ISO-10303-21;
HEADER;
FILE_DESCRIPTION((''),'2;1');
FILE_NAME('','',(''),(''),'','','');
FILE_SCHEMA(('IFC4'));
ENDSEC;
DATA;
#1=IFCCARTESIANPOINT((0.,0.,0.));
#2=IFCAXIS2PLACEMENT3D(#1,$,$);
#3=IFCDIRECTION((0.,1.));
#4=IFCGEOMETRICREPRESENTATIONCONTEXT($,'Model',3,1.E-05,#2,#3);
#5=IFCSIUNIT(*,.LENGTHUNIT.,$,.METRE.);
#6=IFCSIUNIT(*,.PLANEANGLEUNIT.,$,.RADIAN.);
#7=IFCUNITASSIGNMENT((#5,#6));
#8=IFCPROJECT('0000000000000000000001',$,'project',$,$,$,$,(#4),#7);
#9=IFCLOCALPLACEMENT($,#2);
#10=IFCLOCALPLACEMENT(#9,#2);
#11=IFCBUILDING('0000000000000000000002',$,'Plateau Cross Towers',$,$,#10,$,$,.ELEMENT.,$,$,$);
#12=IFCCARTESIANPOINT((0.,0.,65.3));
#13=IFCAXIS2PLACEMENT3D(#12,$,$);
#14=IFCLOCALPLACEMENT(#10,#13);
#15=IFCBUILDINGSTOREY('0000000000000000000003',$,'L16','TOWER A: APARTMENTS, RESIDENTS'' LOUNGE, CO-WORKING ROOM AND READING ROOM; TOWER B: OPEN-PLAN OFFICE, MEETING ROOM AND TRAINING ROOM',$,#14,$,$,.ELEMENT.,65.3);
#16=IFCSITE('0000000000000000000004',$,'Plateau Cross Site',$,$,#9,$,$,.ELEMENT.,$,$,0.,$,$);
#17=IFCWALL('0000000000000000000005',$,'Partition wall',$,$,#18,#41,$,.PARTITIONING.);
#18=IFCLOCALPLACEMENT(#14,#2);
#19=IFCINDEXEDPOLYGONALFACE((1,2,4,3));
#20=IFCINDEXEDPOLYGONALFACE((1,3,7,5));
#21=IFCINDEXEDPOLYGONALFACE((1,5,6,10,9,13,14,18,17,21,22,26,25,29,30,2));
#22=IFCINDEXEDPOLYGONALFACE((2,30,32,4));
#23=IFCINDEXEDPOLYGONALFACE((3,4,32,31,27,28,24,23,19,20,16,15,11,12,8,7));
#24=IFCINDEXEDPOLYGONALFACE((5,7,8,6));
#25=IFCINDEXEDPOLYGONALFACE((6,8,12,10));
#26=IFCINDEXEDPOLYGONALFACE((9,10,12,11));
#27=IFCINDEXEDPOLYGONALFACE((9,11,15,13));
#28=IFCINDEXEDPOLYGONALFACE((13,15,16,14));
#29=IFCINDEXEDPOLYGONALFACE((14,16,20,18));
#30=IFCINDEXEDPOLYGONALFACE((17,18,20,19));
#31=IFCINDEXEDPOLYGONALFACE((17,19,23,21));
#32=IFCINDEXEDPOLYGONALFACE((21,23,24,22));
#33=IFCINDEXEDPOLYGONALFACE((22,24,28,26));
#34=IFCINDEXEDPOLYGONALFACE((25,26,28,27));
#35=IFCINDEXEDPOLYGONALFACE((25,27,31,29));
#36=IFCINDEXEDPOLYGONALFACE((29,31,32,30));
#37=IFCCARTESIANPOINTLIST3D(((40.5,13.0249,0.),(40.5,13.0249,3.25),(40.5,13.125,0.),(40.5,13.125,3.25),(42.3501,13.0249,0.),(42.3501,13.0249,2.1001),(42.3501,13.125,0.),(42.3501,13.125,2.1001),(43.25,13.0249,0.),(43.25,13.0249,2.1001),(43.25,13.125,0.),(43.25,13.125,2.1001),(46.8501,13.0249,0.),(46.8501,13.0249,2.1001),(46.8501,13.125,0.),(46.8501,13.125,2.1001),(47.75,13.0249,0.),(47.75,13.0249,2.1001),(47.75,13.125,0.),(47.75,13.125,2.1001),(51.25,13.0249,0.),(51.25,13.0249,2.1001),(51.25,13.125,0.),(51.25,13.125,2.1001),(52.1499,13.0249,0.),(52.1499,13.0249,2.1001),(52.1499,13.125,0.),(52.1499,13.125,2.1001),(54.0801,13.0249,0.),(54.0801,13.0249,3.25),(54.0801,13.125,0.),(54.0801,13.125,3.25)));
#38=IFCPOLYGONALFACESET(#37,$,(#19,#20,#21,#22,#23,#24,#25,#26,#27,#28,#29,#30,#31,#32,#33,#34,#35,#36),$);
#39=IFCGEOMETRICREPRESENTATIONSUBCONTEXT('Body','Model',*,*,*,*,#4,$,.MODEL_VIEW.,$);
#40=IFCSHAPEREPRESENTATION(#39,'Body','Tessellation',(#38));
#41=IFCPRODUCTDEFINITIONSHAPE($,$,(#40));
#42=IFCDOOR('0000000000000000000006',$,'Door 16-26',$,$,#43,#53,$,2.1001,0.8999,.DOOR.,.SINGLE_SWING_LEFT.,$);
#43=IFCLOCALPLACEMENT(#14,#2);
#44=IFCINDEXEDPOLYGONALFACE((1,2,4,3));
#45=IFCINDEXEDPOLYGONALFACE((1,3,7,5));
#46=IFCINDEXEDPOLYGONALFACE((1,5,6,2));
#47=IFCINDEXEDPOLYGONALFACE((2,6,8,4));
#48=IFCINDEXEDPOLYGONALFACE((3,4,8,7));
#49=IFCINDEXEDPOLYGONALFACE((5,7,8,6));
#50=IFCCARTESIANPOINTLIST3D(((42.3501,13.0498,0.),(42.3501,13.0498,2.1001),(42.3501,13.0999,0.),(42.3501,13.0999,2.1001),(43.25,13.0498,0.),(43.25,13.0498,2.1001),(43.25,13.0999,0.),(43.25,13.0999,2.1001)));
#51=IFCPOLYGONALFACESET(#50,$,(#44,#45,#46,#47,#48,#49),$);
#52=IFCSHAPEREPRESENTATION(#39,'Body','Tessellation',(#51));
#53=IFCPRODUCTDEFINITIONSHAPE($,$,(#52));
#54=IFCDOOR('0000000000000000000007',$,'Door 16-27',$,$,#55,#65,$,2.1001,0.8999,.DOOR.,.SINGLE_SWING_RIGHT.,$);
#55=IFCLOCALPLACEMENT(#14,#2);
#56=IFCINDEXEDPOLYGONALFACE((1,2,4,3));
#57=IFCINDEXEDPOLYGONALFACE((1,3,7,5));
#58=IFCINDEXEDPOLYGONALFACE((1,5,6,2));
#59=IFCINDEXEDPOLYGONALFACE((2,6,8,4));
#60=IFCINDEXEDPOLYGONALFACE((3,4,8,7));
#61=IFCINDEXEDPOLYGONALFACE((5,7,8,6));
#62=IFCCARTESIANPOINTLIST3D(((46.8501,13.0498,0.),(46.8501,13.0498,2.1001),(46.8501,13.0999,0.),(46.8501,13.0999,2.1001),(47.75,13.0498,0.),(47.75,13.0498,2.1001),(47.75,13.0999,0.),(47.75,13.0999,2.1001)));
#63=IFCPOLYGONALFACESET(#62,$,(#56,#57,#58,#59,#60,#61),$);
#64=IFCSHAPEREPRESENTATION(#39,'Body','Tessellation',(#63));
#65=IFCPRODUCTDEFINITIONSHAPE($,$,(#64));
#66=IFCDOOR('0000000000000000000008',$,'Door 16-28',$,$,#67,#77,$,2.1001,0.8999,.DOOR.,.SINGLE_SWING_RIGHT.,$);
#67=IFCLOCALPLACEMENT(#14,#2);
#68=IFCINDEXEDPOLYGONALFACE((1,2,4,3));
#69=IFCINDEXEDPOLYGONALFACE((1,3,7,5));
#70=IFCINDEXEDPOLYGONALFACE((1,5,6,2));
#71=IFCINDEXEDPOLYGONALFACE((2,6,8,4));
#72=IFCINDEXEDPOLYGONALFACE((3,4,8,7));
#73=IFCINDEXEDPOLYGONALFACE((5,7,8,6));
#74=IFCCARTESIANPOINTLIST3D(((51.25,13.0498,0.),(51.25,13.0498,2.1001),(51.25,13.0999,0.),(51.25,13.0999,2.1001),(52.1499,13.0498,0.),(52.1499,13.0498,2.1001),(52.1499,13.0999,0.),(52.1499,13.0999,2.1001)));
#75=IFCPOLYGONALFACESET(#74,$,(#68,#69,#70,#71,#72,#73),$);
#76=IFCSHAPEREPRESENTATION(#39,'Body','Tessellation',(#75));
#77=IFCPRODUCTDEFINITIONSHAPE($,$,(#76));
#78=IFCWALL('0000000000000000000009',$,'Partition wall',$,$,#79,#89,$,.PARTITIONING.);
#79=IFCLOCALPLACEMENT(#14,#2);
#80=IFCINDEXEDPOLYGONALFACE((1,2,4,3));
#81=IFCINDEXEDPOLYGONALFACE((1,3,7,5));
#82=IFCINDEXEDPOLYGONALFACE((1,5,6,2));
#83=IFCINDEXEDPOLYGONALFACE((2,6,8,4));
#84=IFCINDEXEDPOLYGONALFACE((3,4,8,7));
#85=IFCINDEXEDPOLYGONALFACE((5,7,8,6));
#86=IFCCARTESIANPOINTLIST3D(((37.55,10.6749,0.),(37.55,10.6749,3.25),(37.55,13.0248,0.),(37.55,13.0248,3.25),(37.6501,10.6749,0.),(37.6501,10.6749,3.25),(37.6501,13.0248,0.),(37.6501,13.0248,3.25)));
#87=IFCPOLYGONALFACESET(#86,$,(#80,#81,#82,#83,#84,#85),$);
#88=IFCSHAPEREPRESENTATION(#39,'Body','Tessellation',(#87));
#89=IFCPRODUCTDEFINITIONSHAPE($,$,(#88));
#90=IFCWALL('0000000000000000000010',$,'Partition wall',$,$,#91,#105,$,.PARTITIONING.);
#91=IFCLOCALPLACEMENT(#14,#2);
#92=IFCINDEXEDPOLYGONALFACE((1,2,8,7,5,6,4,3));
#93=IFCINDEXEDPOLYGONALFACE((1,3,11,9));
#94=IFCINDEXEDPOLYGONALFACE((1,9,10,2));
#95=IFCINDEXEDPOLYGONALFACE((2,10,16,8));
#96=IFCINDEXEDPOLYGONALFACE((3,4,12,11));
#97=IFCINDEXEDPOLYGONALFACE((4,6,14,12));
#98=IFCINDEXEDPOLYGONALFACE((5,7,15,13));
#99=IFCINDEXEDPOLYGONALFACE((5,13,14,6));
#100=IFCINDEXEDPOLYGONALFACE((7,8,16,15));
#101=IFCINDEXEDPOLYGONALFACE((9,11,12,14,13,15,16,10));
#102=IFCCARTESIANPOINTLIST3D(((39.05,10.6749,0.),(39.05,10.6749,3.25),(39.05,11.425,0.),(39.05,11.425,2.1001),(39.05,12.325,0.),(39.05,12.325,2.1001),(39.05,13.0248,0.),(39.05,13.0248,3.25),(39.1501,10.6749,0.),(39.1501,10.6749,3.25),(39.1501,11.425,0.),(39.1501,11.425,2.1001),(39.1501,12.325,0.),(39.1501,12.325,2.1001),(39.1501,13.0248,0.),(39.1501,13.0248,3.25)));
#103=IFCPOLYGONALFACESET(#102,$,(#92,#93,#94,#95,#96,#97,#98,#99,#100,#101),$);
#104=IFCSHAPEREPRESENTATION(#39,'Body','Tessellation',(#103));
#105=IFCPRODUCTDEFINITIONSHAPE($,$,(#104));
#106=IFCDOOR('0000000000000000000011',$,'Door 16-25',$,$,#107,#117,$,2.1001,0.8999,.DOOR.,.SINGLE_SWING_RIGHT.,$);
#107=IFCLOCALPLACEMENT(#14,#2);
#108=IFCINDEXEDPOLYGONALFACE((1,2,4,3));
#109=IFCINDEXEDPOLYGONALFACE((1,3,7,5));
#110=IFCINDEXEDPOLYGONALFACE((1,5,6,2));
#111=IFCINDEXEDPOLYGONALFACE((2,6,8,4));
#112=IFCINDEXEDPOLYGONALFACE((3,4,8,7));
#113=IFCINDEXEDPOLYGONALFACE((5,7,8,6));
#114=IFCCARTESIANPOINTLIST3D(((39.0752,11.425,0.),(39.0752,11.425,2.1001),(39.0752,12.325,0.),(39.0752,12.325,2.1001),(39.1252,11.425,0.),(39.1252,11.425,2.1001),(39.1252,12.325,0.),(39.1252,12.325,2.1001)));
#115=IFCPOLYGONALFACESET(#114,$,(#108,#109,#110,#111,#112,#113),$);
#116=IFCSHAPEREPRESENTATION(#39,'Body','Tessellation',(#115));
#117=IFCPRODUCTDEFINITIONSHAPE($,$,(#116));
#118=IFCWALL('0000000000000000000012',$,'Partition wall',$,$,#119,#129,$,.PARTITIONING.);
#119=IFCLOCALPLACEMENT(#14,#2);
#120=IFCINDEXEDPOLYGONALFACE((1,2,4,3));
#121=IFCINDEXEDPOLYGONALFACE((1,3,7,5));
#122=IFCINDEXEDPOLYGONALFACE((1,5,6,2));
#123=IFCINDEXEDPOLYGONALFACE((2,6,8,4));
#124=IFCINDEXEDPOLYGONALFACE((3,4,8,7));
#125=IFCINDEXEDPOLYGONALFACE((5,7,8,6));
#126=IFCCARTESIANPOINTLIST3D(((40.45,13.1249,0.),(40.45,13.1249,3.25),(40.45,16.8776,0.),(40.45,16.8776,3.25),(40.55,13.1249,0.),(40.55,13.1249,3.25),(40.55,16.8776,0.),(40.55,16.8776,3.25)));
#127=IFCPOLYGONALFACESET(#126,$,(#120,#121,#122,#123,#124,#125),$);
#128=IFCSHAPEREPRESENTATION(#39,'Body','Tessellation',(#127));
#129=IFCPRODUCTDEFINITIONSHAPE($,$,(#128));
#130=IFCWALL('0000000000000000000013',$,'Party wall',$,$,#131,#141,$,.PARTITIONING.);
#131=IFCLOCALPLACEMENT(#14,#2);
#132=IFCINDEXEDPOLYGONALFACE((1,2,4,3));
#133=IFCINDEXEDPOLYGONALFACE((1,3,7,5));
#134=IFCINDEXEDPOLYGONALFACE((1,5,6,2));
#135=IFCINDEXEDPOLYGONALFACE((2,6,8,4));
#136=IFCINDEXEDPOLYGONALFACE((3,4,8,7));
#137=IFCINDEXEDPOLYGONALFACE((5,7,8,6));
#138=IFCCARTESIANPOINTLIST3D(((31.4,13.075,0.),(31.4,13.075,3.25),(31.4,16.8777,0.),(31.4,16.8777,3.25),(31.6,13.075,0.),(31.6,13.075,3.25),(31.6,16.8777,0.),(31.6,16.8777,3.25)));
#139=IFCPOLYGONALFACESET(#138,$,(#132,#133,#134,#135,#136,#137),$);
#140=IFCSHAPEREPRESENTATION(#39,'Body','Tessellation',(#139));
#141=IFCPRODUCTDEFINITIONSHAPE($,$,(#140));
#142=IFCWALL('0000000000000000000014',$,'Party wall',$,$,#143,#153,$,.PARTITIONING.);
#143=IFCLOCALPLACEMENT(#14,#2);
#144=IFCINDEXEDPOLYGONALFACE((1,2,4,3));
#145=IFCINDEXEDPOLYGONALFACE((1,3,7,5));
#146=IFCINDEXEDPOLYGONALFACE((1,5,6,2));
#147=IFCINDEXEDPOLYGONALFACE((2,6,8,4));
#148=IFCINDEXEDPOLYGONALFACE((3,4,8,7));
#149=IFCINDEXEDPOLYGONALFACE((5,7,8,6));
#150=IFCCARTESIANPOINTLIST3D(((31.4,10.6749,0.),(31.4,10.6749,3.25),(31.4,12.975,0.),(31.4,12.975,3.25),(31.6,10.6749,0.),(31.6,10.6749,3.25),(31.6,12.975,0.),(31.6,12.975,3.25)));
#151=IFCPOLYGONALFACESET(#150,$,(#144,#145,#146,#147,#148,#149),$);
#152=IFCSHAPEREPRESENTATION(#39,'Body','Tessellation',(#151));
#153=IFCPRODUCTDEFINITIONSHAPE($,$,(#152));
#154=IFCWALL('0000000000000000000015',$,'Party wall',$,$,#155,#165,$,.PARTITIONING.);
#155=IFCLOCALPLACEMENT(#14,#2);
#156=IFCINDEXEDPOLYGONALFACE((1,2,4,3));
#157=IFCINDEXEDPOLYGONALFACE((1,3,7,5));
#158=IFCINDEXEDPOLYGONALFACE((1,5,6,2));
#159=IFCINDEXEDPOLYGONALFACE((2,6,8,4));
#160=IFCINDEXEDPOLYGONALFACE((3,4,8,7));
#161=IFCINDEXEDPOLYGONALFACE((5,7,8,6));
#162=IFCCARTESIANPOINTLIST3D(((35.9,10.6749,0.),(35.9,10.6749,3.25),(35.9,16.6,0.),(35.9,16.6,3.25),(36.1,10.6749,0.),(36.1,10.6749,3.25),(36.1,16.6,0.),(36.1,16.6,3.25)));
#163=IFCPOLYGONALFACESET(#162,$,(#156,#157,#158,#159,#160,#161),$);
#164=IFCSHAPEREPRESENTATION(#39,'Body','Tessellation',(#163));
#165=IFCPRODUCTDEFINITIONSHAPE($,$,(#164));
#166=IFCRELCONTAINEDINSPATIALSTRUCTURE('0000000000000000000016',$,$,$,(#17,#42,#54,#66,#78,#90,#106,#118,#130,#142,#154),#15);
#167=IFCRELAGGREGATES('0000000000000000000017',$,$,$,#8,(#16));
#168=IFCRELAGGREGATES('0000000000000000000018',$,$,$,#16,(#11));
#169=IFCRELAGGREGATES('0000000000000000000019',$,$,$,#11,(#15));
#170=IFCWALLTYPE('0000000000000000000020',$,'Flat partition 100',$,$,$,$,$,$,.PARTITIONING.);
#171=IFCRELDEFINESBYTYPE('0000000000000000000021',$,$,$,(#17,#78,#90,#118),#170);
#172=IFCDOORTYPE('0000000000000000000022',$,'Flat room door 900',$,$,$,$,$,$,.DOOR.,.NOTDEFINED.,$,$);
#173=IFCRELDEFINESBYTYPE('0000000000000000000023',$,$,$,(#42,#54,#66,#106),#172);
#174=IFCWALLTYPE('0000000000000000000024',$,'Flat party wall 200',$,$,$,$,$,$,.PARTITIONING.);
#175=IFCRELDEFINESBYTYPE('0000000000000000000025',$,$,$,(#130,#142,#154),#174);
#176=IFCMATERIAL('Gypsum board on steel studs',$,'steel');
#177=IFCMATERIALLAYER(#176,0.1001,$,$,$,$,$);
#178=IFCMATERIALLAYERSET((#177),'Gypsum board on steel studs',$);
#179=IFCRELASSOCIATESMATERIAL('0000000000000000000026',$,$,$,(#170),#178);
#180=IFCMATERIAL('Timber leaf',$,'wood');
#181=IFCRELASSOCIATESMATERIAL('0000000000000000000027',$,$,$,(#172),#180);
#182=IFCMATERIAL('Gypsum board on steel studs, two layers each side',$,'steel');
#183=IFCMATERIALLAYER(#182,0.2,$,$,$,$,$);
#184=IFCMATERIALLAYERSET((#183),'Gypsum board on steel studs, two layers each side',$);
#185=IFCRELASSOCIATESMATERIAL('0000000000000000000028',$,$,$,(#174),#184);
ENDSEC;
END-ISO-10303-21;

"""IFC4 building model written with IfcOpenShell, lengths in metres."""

from ifc_helpers import new_model, si_unit, direction, frame, frame_2d, origin, place, context, subcontext, project, spatial, rectangle, extrude, material, layer, layer_set, type_object, element, fill, save


model = new_model("IFC4")

# Units and contexts
model_context = context("Model", 3, precision=1e-05, world=origin(), true_north=direction((0.0, 1.0)))
body_context = subcontext(model_context, "Body", "Model", "MODEL_VIEW")
ifc_project = project(units=[si_unit("LENGTHUNIT", "METRE"), si_unit("PLANEANGLEUNIT", "RADIAN")], contexts=[model_context])

# Site, building, storey
site_placement = place(None, origin())
site = spatial("IfcSite", under=ifc_project, at=site_placement, Name="Plateau Cross Site", CompositionType="ELEMENT", RefElevation=0.0)
building_placement = place(site_placement, origin())
building = spatial("IfcBuilding", under=site, at=building_placement, Name="Plateau Cross Towers", CompositionType="ELEMENT")
storey_placement = place(building_placement, frame((0.0, 0.0, 65.3)))
storey = spatial("IfcBuildingStorey", under=building, at=storey_placement, Name="L16", Description="TOWER A: APARTMENTS, RESIDENTS' LOUNGE, CO-WORKING ROOM AND READING ROOM; TOWER B: OPEN-PLAN OFFICE, MEETING ROOM AND TRAINING ROOM", CompositionType="ELEMENT", Elevation=65.3)

# Shared definitions
ifc_material_1 = material(Name="Gypsum board on steel studs", Category="steel")
ifc_layer_1 = layer(ifc_material_1, 0.1001)
ifc_layer_set_1 = layer_set([ifc_layer_1], Name="Gypsum board on steel studs")
wall_type_1 = type_object("IfcWallType", Name="Flat partition 100", PredefinedType="PARTITIONING", material=ifc_layer_set_1)

# Shared definitions
ifc_material_2 = material(Name="Timber leaf", Category="wood")
door_type = type_object("IfcDoorType", Name="Flat room door 900", OperationType="NOTDEFINED", PredefinedType="DOOR", material=ifc_material_2)

# Wall, openings, doors
wall_1_placement = place(storey_placement, frame((40.5, 13.075, 0.0), z_axis=(0.0, 0.0, 1.0), x_axis=(1.0, 0.0, 0.0)))
wall_1 = element("IfcWall", 1, at=wall_1_placement, inside=storey, type_object=wall_type_1, Name="Partition wall", PredefinedType="PARTITIONING", context=body_context, shape_type="SweptSolid", body=[
    extrude(rectangle(XDim=13.5801, YDim=0.1001, at=frame_2d((6.79, 0.0))), origin(), (0.0, 0.0, 1.0), 3.25),
])
opening_1_placement = place(wall_1_placement, frame((1.8501, 0.0, 0.0)))
opening_1 = element("IfcOpeningElement", 2, at=opening_1_placement, cuts=wall_1, PredefinedType="OPENING", context=body_context, shape_type="SweptSolid", body=[
    extrude(rectangle(XDim=0.8999, YDim=2.1001, at=frame_2d((0.45, 1.05))), frame((0.0, 0.0601, 0.0), z_axis=(0.0, -1.0, 0.0), x_axis=(1.0, 0.0, 0.0)), (0.0, 0.0, 1.0), 0.1201),
])
opening_2_placement = place(wall_1_placement, frame((6.3501, 0.0, 0.0)))
opening_2 = element("IfcOpeningElement", 3, at=opening_2_placement, cuts=wall_1, PredefinedType="OPENING", context=body_context, shape_type="SweptSolid", body=[
    extrude(rectangle(XDim=0.8999, YDim=2.1001, at=frame_2d((0.45, 1.05))), frame((0.0, 0.0601, 0.0), z_axis=(0.0, -1.0, 0.0), x_axis=(1.0, 0.0, 0.0)), (0.0, 0.0, 1.0), 0.1201),
])
opening_3_placement = place(wall_1_placement, frame((10.75, 0.0, 0.0)))
opening_3 = element("IfcOpeningElement", 4, at=opening_3_placement, cuts=wall_1, PredefinedType="OPENING", context=body_context, shape_type="SweptSolid", body=[
    extrude(rectangle(XDim=0.8999, YDim=2.1001, at=frame_2d((0.45, 1.05))), frame((0.0, 0.0601, 0.0), z_axis=(0.0, -1.0, 0.0), x_axis=(1.0, 0.0, 0.0)), (0.0, 0.0, 1.0), 0.1201),
])
door_1_placement = place(opening_1_placement, origin())
door_1 = element("IfcDoor", 5, at=door_1_placement, inside=storey, type_object=door_type, Name="Door 16-26", OperationType="SINGLE_SWING_LEFT", OverallHeight=2.1001, OverallWidth=0.8999, PredefinedType="DOOR", context=body_context, shape_type="SweptSolid", body=[
    extrude(rectangle(XDim=0.8999, YDim=2.1001, at=frame_2d((0.45, 1.05))), frame((0.0, 0.0249, 0.0), z_axis=(0.0, -1.0, 0.0), x_axis=(1.0, 0.0, 0.0)), (0.0, 0.0, 1.0), 0.05),
])
fill(opening_1, door_1)
door_2_placement = place(opening_2_placement, origin())
door_2 = element("IfcDoor", 6, at=door_2_placement, inside=storey, type_object=door_type, Name="Door 16-27", OperationType="SINGLE_SWING_RIGHT", OverallHeight=2.1001, OverallWidth=0.8999, PredefinedType="DOOR", context=body_context, shape_type="SweptSolid", body=[
    extrude(rectangle(XDim=0.8999, YDim=2.1001, at=frame_2d((0.45, 1.05))), frame((0.0, 0.0249, 0.0), z_axis=(0.0, -1.0, 0.0), x_axis=(1.0, 0.0, 0.0)), (0.0, 0.0, 1.0), 0.05),
])
fill(opening_2, door_2)
door_3_placement = place(opening_3_placement, origin())
door_3 = element("IfcDoor", 7, at=door_3_placement, inside=storey, type_object=door_type, Name="Door 16-28", OperationType="SINGLE_SWING_RIGHT", OverallHeight=2.1001, OverallWidth=0.8999, PredefinedType="DOOR", context=body_context, shape_type="SweptSolid", body=[
    extrude(rectangle(XDim=0.8999, YDim=2.1001, at=frame_2d((0.45, 1.05))), frame((0.0, 0.0249, 0.0), z_axis=(0.0, -1.0, 0.0), x_axis=(1.0, 0.0, 0.0)), (0.0, 0.0, 1.0), 0.05),
])
fill(opening_3, door_3)

# Wall
wall_2_placement = place(storey_placement, frame((37.6001, 10.675, 0.0), z_axis=(0.0, 0.0, 1.0), x_axis=(0.0, 1.0, 0.0)))
element("IfcWall", 8, at=wall_2_placement, inside=storey, type_object=wall_type_1, Name="Partition wall", PredefinedType="PARTITIONING", context=body_context, shape_type="SweptSolid", body=[
    extrude(rectangle(XDim=2.3499, YDim=0.1001, at=frame_2d((1.1748, 0.0))), origin(), (0.0, 0.0, 1.0), 3.25),
])

# Wall, opening, door
wall_3_placement = place(storey_placement, frame((39.1001, 10.675, 0.0), z_axis=(0.0, 0.0, 1.0), x_axis=(0.0, 1.0, 0.0)))
wall_3 = element("IfcWall", 9, at=wall_3_placement, inside=storey, type_object=wall_type_1, Name="Partition wall", PredefinedType="PARTITIONING", context=body_context, shape_type="SweptSolid", body=[
    extrude(rectangle(XDim=2.3499, YDim=0.1001, at=frame_2d((1.1748, 0.0))), origin(), (0.0, 0.0, 1.0), 3.25),
])
opening_4_placement = place(wall_3_placement, frame((0.75, 0.0, 0.0)))
opening_4 = element("IfcOpeningElement", 10, at=opening_4_placement, cuts=wall_3, PredefinedType="OPENING", context=body_context, shape_type="SweptSolid", body=[
    extrude(rectangle(XDim=0.8999, YDim=2.1001, at=frame_2d((0.45, 1.05))), frame((0.0, 0.0601, 0.0), z_axis=(0.0, -1.0, 0.0), x_axis=(1.0, 0.0, 0.0)), (0.0, 0.0, 1.0), 0.1201),
])
door_4_placement = place(opening_4_placement, origin())
door_4 = element("IfcDoor", 11, at=door_4_placement, inside=storey, type_object=door_type, Name="Door 16-25", OperationType="SINGLE_SWING_RIGHT", OverallHeight=2.1001, OverallWidth=0.8999, PredefinedType="DOOR", context=body_context, shape_type="SweptSolid", body=[
    extrude(rectangle(XDim=0.8999, YDim=2.1001, at=frame_2d((0.45, 1.05))), frame((0.0, 0.0249, 0.0), z_axis=(0.0, -1.0, 0.0), x_axis=(1.0, 0.0, 0.0)), (0.0, 0.0, 1.0), 0.05),
])
fill(opening_4, door_4)

# Walls
wall_4_placement = place(storey_placement, frame((40.5, 16.8777, 0.0), z_axis=(0.0, 0.0, 1.0), x_axis=(0.0, -1.0, 0.0)))
element("IfcWall", 12, at=wall_4_placement, inside=storey, type_object=wall_type_1, Name="Partition wall", PredefinedType="PARTITIONING", context=body_context, shape_type="SweptSolid", body=[
    extrude(rectangle(XDim=3.7527, YDim=0.1001, at=frame_2d((1.8765, 0.0))), origin(), (0.0, 0.0, 1.0), 3.25),
])
ifc_material_3 = material(Name="Gypsum board on steel studs, two layers each side", Category="steel")
ifc_layer_2 = layer(ifc_material_3, 0.2)
ifc_layer_set_2 = layer_set([ifc_layer_2], Name="Gypsum board on steel studs, two layers each side")
wall_type_2 = type_object("IfcWallType", Name="Flat party wall 200", PredefinedType="PARTITIONING", material=ifc_layer_set_2)
wall_5_placement = place(storey_placement, frame((31.5, 16.8777, 0.0), z_axis=(0.0, 0.0, 1.0), x_axis=(0.0, -1.0, 0.0)))
element("IfcWall", 13, at=wall_5_placement, inside=storey, type_object=wall_type_2, Name="Party wall", PredefinedType="PARTITIONING", context=body_context, shape_type="SweptSolid", body=[
    extrude(rectangle(XDim=3.8027, YDim=0.2, at=frame_2d((1.9014, 0.0))), origin(), (0.0, 0.0, 1.0), 3.25),
])
wall_6_placement = place(storey_placement, frame((31.5, 10.675, 0.0), z_axis=(0.0, 0.0, 1.0), x_axis=(0.0, 1.0, 0.0)))
element("IfcWall", 14, at=wall_6_placement, inside=storey, type_object=wall_type_2, Name="Party wall", PredefinedType="PARTITIONING", context=body_context, shape_type="SweptSolid", body=[
    extrude(rectangle(XDim=2.3, YDim=0.2, at=frame_2d((1.1499, 0.0))), origin(), (0.0, 0.0, 1.0), 3.25),
])
wall_7_placement = place(storey_placement, frame((36.0, 10.675, 0.0), z_axis=(0.0, 0.0, 1.0), x_axis=(0.0, 1.0, 0.0)))
element("IfcWall", 15, at=wall_7_placement, inside=storey, type_object=wall_type_2, Name="Party wall", PredefinedType="PARTITIONING", context=body_context, shape_type="SweptSolid", body=[
    extrude(rectangle(XDim=5.925, YDim=0.2, at=frame_2d((2.9624, 0.0))), origin(), (0.0, 0.0, 1.0), 3.25),
])

save(model, "model.ifc")
